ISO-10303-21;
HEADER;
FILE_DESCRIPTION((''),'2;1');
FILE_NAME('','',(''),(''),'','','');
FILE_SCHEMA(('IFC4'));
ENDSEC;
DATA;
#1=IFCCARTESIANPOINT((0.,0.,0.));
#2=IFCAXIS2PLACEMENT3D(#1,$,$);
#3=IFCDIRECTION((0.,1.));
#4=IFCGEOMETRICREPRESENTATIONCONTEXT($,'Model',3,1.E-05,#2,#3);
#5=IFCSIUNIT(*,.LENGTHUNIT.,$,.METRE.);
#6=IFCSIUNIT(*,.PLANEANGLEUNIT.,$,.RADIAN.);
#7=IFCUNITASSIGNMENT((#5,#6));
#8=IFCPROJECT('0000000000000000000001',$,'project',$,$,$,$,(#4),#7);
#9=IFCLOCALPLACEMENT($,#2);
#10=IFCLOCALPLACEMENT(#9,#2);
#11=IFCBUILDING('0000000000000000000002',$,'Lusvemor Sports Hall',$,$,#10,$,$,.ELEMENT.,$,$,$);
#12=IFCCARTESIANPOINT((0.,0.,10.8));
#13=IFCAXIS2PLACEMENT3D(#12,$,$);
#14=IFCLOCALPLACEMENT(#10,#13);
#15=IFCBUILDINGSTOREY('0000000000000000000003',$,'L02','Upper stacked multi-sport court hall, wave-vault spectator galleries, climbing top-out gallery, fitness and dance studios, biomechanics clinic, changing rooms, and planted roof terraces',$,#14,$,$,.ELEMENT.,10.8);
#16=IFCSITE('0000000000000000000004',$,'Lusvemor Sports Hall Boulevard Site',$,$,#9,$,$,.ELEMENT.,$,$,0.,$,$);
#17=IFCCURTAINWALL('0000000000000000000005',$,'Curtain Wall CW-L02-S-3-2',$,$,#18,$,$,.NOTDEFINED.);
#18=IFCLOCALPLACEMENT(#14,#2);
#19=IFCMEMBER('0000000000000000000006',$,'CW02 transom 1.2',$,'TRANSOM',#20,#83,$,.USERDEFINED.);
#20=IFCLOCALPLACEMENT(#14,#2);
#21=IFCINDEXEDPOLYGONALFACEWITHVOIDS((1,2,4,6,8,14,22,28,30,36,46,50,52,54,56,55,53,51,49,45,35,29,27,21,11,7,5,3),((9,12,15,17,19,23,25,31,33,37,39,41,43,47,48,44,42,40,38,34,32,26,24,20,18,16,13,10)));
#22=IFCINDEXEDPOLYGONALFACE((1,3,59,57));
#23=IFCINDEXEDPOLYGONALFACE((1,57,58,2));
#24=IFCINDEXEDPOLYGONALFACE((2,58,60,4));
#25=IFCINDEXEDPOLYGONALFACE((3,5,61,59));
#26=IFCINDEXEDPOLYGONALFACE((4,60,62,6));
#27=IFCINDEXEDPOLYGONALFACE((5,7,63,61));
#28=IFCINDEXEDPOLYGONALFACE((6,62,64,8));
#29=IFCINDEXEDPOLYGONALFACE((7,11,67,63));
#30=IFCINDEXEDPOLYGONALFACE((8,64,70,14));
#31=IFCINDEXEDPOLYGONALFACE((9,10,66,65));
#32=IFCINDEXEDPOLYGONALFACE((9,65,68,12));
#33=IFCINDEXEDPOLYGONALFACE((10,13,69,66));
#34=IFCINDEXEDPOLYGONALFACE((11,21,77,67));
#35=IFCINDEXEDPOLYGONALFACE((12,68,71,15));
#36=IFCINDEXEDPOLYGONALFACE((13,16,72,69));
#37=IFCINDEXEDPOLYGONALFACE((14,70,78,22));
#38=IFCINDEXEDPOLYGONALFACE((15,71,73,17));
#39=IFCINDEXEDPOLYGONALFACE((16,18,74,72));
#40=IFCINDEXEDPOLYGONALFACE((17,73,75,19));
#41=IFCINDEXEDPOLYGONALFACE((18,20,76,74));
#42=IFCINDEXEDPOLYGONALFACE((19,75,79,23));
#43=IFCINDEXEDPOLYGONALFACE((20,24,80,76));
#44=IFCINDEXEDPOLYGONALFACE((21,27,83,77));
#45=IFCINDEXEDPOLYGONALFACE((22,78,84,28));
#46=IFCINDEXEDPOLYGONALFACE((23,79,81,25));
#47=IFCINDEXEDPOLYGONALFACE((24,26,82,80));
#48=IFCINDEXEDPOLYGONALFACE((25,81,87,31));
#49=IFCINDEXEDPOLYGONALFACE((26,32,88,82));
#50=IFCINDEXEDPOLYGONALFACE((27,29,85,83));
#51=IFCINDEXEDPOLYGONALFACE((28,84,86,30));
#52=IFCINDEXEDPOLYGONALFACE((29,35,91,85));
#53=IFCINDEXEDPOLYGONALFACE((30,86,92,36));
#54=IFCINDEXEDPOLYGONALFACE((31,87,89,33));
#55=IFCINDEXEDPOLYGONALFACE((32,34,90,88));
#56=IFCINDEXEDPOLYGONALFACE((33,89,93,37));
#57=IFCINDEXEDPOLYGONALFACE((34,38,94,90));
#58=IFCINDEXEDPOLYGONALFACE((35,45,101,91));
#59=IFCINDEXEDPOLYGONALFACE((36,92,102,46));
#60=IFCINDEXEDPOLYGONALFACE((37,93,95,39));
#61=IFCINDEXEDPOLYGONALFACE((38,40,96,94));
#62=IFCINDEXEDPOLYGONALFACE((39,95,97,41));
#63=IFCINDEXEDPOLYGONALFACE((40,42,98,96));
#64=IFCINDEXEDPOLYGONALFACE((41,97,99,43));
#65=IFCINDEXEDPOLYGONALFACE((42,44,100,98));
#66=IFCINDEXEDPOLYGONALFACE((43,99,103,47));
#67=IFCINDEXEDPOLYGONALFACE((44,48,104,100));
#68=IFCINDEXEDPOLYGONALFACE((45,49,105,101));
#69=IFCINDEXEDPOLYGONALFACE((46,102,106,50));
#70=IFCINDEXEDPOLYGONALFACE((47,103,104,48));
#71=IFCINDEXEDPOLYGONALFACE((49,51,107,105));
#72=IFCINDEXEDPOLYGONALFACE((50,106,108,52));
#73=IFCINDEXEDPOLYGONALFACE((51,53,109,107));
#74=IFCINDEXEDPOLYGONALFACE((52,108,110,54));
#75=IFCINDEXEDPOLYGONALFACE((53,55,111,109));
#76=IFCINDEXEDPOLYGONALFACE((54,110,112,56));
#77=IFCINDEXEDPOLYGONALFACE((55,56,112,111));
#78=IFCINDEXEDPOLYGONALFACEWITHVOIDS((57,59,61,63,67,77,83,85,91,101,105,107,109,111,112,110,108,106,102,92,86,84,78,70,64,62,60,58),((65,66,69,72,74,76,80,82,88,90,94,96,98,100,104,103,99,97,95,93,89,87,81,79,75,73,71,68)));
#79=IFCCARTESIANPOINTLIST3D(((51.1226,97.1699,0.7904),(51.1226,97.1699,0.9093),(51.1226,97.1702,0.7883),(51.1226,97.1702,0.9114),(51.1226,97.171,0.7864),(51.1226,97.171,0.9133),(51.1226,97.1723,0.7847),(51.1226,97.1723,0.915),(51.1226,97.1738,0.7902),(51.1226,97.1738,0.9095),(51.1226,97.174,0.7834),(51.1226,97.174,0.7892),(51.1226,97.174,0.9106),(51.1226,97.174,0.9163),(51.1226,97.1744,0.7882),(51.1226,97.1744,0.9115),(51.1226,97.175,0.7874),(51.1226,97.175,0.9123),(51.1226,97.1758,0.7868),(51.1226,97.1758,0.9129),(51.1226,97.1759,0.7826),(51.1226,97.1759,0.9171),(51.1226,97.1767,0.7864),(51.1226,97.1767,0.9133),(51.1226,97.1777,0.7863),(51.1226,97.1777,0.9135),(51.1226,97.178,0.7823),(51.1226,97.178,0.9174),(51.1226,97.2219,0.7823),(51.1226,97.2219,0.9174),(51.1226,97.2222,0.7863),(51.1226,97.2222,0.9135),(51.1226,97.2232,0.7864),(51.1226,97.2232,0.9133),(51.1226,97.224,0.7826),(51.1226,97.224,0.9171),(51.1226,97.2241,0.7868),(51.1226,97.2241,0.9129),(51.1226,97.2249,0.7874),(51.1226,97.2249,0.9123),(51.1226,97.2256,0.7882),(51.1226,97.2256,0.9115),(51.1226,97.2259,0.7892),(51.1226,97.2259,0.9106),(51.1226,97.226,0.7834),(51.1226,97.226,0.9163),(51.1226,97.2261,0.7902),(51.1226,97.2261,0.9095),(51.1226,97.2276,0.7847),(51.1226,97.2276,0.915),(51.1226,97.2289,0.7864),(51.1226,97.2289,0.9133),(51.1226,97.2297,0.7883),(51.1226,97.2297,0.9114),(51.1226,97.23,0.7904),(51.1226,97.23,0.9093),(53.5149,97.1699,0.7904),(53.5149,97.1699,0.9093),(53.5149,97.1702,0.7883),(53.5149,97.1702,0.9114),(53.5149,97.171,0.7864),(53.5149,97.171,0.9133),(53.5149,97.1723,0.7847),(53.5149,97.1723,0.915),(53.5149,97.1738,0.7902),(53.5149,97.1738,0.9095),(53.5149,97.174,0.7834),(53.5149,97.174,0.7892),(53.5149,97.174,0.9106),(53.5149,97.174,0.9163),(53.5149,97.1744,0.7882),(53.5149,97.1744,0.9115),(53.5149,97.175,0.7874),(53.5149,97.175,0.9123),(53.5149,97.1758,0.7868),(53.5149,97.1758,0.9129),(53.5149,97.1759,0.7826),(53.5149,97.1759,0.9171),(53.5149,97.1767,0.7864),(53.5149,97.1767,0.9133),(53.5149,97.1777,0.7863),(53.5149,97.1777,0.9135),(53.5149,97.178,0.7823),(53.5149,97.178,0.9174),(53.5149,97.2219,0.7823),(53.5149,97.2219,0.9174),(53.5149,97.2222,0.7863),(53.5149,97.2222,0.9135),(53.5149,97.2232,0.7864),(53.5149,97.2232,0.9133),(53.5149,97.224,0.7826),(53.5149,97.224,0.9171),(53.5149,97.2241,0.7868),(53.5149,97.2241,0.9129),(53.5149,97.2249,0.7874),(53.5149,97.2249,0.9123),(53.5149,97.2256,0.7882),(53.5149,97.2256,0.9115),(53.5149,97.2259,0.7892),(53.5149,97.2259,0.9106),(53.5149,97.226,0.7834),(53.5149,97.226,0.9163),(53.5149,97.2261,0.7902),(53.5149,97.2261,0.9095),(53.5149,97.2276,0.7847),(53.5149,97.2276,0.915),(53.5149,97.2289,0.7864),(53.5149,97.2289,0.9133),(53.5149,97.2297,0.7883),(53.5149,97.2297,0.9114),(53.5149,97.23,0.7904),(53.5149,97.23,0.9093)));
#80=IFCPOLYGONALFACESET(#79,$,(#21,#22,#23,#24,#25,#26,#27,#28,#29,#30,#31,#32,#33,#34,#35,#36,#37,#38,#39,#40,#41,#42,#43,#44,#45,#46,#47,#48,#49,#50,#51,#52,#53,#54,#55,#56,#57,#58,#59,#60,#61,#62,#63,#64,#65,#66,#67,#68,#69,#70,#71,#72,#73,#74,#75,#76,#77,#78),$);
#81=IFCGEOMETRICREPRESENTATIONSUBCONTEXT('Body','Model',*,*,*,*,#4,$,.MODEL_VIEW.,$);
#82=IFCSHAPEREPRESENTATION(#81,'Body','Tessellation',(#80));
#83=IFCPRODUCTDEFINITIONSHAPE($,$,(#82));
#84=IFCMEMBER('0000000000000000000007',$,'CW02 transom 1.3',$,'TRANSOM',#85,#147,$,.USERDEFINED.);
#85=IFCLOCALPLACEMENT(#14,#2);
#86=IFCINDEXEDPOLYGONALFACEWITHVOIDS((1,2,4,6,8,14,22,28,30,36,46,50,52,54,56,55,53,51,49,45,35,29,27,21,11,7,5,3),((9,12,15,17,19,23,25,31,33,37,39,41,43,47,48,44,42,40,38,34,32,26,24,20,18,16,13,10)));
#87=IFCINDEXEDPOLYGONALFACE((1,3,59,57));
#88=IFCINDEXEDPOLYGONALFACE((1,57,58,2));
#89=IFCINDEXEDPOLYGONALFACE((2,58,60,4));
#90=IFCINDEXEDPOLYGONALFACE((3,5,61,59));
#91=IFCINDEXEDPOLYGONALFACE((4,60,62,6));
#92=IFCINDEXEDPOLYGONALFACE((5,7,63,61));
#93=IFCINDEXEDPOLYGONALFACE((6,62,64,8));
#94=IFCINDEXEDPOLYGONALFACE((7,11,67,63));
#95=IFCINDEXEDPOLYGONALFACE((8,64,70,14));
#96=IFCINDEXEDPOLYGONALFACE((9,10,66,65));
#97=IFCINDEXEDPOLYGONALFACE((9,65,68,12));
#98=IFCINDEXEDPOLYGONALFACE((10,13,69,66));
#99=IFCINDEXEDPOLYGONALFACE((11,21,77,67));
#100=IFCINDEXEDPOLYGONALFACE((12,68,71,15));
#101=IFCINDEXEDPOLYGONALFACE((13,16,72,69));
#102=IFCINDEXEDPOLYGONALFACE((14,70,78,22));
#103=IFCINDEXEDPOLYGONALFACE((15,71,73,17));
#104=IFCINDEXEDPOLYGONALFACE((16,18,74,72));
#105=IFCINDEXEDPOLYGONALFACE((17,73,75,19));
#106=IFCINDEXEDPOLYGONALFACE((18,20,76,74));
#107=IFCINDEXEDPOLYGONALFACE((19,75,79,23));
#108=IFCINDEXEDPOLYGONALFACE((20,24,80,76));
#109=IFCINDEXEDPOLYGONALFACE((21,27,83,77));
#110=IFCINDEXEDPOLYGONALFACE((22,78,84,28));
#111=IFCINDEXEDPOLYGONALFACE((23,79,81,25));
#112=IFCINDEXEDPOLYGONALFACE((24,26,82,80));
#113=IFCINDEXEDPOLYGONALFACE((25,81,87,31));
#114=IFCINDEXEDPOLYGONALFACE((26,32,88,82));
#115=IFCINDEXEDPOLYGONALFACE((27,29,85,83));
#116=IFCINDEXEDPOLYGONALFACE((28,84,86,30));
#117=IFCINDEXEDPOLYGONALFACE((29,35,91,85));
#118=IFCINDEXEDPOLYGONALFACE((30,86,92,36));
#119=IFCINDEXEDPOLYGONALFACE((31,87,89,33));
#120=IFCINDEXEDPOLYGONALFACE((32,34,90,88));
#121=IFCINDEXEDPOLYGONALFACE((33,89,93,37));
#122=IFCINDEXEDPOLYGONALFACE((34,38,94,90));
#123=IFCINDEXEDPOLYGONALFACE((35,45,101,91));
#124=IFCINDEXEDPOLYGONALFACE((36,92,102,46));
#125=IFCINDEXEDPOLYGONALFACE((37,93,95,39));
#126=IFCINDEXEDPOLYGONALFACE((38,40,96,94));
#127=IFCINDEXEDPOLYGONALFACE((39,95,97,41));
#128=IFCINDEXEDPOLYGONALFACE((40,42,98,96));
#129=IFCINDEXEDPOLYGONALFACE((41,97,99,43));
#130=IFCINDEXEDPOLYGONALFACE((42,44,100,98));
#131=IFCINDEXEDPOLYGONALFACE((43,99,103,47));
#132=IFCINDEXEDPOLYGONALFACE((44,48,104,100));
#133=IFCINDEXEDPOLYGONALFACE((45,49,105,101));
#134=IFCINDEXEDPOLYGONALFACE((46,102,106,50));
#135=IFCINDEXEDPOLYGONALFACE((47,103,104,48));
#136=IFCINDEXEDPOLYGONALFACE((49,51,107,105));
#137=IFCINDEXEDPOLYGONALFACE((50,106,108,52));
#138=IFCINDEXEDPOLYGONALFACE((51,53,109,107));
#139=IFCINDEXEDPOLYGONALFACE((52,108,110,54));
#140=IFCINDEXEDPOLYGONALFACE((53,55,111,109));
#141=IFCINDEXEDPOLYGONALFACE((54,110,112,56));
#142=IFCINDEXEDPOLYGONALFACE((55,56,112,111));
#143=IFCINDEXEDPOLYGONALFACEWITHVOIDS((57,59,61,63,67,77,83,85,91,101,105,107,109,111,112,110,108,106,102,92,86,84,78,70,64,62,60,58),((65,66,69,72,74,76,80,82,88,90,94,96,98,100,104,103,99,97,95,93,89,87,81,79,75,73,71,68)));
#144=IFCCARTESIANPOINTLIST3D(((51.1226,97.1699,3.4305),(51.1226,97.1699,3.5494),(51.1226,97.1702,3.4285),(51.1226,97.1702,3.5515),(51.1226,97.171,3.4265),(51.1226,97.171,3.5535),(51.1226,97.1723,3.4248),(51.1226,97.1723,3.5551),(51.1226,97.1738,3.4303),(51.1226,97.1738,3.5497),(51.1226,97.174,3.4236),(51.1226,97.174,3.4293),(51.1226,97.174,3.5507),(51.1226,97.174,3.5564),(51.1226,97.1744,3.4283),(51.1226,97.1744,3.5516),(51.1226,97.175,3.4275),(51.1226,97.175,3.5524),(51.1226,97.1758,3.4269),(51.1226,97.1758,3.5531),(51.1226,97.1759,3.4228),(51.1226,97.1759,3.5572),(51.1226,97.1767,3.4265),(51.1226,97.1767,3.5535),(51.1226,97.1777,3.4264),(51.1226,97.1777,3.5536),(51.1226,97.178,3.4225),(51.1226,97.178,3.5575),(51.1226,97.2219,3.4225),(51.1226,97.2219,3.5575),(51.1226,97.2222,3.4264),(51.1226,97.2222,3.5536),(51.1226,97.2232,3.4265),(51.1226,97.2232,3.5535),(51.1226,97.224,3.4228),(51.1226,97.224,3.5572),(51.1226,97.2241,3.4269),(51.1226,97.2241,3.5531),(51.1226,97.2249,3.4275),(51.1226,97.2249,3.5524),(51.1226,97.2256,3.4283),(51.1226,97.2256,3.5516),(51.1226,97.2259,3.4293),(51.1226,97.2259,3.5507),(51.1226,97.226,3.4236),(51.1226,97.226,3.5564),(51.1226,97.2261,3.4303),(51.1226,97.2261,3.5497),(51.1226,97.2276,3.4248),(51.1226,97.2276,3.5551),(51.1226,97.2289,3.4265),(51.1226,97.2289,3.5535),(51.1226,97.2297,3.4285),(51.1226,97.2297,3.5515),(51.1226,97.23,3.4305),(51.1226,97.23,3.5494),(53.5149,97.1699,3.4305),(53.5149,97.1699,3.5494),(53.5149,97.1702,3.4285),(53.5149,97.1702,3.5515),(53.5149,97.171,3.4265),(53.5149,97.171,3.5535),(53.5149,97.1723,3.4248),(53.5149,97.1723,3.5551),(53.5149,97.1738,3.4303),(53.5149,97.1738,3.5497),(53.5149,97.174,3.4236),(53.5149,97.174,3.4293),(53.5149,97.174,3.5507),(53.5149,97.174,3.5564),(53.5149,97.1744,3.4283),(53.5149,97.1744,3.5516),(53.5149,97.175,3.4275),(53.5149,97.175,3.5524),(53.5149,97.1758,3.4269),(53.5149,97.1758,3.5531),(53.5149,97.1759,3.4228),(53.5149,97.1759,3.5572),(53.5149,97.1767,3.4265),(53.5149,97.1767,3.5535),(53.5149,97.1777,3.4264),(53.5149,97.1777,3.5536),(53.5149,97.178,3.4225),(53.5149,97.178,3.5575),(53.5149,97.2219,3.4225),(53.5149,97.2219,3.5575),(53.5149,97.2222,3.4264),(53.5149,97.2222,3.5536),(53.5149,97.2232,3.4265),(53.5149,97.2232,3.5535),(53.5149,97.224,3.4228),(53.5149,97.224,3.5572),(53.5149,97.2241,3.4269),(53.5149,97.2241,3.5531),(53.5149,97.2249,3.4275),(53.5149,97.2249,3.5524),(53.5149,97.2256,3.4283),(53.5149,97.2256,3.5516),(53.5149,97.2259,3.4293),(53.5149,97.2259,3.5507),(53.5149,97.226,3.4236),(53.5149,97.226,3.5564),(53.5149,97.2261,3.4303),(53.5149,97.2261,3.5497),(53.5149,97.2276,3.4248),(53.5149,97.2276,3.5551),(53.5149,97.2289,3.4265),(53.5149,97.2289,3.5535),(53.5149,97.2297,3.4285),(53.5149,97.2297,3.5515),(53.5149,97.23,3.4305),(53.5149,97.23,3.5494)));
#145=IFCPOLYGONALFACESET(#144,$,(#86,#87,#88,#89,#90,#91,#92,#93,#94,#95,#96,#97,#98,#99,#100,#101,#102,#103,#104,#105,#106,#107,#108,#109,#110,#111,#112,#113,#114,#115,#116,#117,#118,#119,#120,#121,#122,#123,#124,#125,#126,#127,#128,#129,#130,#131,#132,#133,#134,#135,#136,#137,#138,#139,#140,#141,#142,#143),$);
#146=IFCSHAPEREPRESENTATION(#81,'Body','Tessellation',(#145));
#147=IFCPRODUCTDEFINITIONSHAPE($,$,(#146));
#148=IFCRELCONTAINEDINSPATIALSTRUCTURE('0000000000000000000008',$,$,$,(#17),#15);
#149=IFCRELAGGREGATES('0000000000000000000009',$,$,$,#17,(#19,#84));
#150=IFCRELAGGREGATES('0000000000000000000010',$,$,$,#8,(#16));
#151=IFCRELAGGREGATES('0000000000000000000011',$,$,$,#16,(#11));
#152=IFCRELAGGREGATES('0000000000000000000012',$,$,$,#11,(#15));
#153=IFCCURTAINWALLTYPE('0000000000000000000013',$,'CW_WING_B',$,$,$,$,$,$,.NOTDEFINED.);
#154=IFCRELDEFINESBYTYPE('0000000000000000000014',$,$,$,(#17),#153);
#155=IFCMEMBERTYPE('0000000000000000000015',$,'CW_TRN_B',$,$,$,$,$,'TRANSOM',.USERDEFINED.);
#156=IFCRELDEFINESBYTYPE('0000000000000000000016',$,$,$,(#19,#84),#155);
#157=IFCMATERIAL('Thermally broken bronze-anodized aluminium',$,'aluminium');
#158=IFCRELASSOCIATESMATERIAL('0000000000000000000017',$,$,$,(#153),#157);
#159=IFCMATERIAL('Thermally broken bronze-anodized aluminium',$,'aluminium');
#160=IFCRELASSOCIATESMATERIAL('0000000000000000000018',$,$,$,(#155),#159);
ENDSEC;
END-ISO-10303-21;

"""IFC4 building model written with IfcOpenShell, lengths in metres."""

from ifc_helpers import new_model, si_unit, direction, frame, origin, origin_2d, place, context, subcontext, project, spatial, hollow_rectangle, extrude, material, material_profile, profile_set, type_object, element, aggregate, save


model = new_model("IFC4")

# Units and contexts
model_context = context("Model", 3, precision=1e-05, world=origin(), true_north=direction((0.0, 1.0)))
body_context = subcontext(model_context, "Body", "Model", "MODEL_VIEW")
ifc_project = project(units=[si_unit("LENGTHUNIT", "METRE"), si_unit("PLANEANGLEUNIT", "RADIAN")], contexts=[model_context])

# Site, building, storey
site_placement = place(None, origin())
site = spatial("IfcSite", under=ifc_project, at=site_placement, Name="Lusvemor Sports Hall Boulevard Site", CompositionType="ELEMENT", RefElevation=0.0)
building_placement = place(site_placement, origin())
building = spatial("IfcBuilding", under=site, at=building_placement, Name="Lusvemor Sports Hall", CompositionType="ELEMENT")
storey_placement = place(building_placement, frame((0.0, 0.0, 10.8)))
storey = spatial("IfcBuildingStorey", under=building, at=storey_placement, Name="L02", Description="Upper stacked multi-sport court hall, wave-vault spectator galleries, climbing top-out gallery, fitness and dance studios, biomechanics clinic, changing rooms, and planted roof terraces", CompositionType="ELEMENT", Elevation=10.8)

# Curtain wall
ifc_material_1 = material(Name="Thermally broken bronze-anodized aluminium", Category="aluminium")
curtain_wall_type = type_object("IfcCurtainWallType", Name="CW_WING_B", PredefinedType="NOTDEFINED", material=ifc_material_1)
curtain_wall_1_placement = place(storey_placement, origin())
curtain_wall_1 = element("IfcCurtainWall", 1, at=curtain_wall_1_placement, inside=storey, type_object=curtain_wall_type, Name="Curtain Wall CW-L02-S-3-2", PredefinedType="NOTDEFINED")

# Members
ifc_material_2 = material(Name="Thermally broken bronze-anodized aluminium", Category="aluminium")
ifc_material_profile_1 = material_profile(ifc_material_2, hollow_rectangle(XDim=0.0601, YDim=0.135, WallThickness=0.0039, InnerFilletRadius=0.0039, OuterFilletRadius=0.0081, at=origin_2d()), Name="CWTRN135x60x4")
ifc_profile_set_1 = profile_set([ifc_material_profile_1], Name="Thermally broken bronze-anodized aluminium")
member_type_1 = type_object("IfcMemberType", Name="CW_TRN_B", ElementType="TRANSOM", PredefinedType="USERDEFINED", material=ifc_profile_set_1)
member_1_placement = place(storey_placement, frame((53.5149, 97.2, 0.8499), z_axis=(-1.0, 0.0, 0.0), x_axis=(0.0, -1.0, 0.0)))
member_1 = element("IfcMember", 2, at=member_1_placement, type_object=member_type_1, Name="CW02 transom 1.2", ObjectType="TRANSOM", PredefinedType="USERDEFINED", context=body_context, shape_type="SweptSolid", body=[
    extrude(hollow_rectangle(XDim=0.0601, YDim=0.135, WallThickness=0.0039, InnerFilletRadius=0.0039, OuterFilletRadius=0.0081, at=origin_2d()), origin(), (0.0, 0.0, 1.0), 2.3923),
])
member_2_placement = place(storey_placement, frame((53.5149, 97.2, 3.49), z_axis=(-1.0, 0.0, 0.0), x_axis=(0.0, -1.0, 0.0)))
member_2 = element("IfcMember", 3, at=member_2_placement, type_object=member_type_1, Name="CW02 transom 1.3", ObjectType="TRANSOM", PredefinedType="USERDEFINED", context=body_context, shape_type="SweptSolid", body=[
    extrude(hollow_rectangle(XDim=0.0601, YDim=0.135, WallThickness=0.0039, InnerFilletRadius=0.0039, OuterFilletRadius=0.0081, at=origin_2d()), origin(), (0.0, 0.0, 1.0), 2.3923),
])

aggregate(curtain_wall_1, [member_1, member_2])

save(model, "model.ifc")
